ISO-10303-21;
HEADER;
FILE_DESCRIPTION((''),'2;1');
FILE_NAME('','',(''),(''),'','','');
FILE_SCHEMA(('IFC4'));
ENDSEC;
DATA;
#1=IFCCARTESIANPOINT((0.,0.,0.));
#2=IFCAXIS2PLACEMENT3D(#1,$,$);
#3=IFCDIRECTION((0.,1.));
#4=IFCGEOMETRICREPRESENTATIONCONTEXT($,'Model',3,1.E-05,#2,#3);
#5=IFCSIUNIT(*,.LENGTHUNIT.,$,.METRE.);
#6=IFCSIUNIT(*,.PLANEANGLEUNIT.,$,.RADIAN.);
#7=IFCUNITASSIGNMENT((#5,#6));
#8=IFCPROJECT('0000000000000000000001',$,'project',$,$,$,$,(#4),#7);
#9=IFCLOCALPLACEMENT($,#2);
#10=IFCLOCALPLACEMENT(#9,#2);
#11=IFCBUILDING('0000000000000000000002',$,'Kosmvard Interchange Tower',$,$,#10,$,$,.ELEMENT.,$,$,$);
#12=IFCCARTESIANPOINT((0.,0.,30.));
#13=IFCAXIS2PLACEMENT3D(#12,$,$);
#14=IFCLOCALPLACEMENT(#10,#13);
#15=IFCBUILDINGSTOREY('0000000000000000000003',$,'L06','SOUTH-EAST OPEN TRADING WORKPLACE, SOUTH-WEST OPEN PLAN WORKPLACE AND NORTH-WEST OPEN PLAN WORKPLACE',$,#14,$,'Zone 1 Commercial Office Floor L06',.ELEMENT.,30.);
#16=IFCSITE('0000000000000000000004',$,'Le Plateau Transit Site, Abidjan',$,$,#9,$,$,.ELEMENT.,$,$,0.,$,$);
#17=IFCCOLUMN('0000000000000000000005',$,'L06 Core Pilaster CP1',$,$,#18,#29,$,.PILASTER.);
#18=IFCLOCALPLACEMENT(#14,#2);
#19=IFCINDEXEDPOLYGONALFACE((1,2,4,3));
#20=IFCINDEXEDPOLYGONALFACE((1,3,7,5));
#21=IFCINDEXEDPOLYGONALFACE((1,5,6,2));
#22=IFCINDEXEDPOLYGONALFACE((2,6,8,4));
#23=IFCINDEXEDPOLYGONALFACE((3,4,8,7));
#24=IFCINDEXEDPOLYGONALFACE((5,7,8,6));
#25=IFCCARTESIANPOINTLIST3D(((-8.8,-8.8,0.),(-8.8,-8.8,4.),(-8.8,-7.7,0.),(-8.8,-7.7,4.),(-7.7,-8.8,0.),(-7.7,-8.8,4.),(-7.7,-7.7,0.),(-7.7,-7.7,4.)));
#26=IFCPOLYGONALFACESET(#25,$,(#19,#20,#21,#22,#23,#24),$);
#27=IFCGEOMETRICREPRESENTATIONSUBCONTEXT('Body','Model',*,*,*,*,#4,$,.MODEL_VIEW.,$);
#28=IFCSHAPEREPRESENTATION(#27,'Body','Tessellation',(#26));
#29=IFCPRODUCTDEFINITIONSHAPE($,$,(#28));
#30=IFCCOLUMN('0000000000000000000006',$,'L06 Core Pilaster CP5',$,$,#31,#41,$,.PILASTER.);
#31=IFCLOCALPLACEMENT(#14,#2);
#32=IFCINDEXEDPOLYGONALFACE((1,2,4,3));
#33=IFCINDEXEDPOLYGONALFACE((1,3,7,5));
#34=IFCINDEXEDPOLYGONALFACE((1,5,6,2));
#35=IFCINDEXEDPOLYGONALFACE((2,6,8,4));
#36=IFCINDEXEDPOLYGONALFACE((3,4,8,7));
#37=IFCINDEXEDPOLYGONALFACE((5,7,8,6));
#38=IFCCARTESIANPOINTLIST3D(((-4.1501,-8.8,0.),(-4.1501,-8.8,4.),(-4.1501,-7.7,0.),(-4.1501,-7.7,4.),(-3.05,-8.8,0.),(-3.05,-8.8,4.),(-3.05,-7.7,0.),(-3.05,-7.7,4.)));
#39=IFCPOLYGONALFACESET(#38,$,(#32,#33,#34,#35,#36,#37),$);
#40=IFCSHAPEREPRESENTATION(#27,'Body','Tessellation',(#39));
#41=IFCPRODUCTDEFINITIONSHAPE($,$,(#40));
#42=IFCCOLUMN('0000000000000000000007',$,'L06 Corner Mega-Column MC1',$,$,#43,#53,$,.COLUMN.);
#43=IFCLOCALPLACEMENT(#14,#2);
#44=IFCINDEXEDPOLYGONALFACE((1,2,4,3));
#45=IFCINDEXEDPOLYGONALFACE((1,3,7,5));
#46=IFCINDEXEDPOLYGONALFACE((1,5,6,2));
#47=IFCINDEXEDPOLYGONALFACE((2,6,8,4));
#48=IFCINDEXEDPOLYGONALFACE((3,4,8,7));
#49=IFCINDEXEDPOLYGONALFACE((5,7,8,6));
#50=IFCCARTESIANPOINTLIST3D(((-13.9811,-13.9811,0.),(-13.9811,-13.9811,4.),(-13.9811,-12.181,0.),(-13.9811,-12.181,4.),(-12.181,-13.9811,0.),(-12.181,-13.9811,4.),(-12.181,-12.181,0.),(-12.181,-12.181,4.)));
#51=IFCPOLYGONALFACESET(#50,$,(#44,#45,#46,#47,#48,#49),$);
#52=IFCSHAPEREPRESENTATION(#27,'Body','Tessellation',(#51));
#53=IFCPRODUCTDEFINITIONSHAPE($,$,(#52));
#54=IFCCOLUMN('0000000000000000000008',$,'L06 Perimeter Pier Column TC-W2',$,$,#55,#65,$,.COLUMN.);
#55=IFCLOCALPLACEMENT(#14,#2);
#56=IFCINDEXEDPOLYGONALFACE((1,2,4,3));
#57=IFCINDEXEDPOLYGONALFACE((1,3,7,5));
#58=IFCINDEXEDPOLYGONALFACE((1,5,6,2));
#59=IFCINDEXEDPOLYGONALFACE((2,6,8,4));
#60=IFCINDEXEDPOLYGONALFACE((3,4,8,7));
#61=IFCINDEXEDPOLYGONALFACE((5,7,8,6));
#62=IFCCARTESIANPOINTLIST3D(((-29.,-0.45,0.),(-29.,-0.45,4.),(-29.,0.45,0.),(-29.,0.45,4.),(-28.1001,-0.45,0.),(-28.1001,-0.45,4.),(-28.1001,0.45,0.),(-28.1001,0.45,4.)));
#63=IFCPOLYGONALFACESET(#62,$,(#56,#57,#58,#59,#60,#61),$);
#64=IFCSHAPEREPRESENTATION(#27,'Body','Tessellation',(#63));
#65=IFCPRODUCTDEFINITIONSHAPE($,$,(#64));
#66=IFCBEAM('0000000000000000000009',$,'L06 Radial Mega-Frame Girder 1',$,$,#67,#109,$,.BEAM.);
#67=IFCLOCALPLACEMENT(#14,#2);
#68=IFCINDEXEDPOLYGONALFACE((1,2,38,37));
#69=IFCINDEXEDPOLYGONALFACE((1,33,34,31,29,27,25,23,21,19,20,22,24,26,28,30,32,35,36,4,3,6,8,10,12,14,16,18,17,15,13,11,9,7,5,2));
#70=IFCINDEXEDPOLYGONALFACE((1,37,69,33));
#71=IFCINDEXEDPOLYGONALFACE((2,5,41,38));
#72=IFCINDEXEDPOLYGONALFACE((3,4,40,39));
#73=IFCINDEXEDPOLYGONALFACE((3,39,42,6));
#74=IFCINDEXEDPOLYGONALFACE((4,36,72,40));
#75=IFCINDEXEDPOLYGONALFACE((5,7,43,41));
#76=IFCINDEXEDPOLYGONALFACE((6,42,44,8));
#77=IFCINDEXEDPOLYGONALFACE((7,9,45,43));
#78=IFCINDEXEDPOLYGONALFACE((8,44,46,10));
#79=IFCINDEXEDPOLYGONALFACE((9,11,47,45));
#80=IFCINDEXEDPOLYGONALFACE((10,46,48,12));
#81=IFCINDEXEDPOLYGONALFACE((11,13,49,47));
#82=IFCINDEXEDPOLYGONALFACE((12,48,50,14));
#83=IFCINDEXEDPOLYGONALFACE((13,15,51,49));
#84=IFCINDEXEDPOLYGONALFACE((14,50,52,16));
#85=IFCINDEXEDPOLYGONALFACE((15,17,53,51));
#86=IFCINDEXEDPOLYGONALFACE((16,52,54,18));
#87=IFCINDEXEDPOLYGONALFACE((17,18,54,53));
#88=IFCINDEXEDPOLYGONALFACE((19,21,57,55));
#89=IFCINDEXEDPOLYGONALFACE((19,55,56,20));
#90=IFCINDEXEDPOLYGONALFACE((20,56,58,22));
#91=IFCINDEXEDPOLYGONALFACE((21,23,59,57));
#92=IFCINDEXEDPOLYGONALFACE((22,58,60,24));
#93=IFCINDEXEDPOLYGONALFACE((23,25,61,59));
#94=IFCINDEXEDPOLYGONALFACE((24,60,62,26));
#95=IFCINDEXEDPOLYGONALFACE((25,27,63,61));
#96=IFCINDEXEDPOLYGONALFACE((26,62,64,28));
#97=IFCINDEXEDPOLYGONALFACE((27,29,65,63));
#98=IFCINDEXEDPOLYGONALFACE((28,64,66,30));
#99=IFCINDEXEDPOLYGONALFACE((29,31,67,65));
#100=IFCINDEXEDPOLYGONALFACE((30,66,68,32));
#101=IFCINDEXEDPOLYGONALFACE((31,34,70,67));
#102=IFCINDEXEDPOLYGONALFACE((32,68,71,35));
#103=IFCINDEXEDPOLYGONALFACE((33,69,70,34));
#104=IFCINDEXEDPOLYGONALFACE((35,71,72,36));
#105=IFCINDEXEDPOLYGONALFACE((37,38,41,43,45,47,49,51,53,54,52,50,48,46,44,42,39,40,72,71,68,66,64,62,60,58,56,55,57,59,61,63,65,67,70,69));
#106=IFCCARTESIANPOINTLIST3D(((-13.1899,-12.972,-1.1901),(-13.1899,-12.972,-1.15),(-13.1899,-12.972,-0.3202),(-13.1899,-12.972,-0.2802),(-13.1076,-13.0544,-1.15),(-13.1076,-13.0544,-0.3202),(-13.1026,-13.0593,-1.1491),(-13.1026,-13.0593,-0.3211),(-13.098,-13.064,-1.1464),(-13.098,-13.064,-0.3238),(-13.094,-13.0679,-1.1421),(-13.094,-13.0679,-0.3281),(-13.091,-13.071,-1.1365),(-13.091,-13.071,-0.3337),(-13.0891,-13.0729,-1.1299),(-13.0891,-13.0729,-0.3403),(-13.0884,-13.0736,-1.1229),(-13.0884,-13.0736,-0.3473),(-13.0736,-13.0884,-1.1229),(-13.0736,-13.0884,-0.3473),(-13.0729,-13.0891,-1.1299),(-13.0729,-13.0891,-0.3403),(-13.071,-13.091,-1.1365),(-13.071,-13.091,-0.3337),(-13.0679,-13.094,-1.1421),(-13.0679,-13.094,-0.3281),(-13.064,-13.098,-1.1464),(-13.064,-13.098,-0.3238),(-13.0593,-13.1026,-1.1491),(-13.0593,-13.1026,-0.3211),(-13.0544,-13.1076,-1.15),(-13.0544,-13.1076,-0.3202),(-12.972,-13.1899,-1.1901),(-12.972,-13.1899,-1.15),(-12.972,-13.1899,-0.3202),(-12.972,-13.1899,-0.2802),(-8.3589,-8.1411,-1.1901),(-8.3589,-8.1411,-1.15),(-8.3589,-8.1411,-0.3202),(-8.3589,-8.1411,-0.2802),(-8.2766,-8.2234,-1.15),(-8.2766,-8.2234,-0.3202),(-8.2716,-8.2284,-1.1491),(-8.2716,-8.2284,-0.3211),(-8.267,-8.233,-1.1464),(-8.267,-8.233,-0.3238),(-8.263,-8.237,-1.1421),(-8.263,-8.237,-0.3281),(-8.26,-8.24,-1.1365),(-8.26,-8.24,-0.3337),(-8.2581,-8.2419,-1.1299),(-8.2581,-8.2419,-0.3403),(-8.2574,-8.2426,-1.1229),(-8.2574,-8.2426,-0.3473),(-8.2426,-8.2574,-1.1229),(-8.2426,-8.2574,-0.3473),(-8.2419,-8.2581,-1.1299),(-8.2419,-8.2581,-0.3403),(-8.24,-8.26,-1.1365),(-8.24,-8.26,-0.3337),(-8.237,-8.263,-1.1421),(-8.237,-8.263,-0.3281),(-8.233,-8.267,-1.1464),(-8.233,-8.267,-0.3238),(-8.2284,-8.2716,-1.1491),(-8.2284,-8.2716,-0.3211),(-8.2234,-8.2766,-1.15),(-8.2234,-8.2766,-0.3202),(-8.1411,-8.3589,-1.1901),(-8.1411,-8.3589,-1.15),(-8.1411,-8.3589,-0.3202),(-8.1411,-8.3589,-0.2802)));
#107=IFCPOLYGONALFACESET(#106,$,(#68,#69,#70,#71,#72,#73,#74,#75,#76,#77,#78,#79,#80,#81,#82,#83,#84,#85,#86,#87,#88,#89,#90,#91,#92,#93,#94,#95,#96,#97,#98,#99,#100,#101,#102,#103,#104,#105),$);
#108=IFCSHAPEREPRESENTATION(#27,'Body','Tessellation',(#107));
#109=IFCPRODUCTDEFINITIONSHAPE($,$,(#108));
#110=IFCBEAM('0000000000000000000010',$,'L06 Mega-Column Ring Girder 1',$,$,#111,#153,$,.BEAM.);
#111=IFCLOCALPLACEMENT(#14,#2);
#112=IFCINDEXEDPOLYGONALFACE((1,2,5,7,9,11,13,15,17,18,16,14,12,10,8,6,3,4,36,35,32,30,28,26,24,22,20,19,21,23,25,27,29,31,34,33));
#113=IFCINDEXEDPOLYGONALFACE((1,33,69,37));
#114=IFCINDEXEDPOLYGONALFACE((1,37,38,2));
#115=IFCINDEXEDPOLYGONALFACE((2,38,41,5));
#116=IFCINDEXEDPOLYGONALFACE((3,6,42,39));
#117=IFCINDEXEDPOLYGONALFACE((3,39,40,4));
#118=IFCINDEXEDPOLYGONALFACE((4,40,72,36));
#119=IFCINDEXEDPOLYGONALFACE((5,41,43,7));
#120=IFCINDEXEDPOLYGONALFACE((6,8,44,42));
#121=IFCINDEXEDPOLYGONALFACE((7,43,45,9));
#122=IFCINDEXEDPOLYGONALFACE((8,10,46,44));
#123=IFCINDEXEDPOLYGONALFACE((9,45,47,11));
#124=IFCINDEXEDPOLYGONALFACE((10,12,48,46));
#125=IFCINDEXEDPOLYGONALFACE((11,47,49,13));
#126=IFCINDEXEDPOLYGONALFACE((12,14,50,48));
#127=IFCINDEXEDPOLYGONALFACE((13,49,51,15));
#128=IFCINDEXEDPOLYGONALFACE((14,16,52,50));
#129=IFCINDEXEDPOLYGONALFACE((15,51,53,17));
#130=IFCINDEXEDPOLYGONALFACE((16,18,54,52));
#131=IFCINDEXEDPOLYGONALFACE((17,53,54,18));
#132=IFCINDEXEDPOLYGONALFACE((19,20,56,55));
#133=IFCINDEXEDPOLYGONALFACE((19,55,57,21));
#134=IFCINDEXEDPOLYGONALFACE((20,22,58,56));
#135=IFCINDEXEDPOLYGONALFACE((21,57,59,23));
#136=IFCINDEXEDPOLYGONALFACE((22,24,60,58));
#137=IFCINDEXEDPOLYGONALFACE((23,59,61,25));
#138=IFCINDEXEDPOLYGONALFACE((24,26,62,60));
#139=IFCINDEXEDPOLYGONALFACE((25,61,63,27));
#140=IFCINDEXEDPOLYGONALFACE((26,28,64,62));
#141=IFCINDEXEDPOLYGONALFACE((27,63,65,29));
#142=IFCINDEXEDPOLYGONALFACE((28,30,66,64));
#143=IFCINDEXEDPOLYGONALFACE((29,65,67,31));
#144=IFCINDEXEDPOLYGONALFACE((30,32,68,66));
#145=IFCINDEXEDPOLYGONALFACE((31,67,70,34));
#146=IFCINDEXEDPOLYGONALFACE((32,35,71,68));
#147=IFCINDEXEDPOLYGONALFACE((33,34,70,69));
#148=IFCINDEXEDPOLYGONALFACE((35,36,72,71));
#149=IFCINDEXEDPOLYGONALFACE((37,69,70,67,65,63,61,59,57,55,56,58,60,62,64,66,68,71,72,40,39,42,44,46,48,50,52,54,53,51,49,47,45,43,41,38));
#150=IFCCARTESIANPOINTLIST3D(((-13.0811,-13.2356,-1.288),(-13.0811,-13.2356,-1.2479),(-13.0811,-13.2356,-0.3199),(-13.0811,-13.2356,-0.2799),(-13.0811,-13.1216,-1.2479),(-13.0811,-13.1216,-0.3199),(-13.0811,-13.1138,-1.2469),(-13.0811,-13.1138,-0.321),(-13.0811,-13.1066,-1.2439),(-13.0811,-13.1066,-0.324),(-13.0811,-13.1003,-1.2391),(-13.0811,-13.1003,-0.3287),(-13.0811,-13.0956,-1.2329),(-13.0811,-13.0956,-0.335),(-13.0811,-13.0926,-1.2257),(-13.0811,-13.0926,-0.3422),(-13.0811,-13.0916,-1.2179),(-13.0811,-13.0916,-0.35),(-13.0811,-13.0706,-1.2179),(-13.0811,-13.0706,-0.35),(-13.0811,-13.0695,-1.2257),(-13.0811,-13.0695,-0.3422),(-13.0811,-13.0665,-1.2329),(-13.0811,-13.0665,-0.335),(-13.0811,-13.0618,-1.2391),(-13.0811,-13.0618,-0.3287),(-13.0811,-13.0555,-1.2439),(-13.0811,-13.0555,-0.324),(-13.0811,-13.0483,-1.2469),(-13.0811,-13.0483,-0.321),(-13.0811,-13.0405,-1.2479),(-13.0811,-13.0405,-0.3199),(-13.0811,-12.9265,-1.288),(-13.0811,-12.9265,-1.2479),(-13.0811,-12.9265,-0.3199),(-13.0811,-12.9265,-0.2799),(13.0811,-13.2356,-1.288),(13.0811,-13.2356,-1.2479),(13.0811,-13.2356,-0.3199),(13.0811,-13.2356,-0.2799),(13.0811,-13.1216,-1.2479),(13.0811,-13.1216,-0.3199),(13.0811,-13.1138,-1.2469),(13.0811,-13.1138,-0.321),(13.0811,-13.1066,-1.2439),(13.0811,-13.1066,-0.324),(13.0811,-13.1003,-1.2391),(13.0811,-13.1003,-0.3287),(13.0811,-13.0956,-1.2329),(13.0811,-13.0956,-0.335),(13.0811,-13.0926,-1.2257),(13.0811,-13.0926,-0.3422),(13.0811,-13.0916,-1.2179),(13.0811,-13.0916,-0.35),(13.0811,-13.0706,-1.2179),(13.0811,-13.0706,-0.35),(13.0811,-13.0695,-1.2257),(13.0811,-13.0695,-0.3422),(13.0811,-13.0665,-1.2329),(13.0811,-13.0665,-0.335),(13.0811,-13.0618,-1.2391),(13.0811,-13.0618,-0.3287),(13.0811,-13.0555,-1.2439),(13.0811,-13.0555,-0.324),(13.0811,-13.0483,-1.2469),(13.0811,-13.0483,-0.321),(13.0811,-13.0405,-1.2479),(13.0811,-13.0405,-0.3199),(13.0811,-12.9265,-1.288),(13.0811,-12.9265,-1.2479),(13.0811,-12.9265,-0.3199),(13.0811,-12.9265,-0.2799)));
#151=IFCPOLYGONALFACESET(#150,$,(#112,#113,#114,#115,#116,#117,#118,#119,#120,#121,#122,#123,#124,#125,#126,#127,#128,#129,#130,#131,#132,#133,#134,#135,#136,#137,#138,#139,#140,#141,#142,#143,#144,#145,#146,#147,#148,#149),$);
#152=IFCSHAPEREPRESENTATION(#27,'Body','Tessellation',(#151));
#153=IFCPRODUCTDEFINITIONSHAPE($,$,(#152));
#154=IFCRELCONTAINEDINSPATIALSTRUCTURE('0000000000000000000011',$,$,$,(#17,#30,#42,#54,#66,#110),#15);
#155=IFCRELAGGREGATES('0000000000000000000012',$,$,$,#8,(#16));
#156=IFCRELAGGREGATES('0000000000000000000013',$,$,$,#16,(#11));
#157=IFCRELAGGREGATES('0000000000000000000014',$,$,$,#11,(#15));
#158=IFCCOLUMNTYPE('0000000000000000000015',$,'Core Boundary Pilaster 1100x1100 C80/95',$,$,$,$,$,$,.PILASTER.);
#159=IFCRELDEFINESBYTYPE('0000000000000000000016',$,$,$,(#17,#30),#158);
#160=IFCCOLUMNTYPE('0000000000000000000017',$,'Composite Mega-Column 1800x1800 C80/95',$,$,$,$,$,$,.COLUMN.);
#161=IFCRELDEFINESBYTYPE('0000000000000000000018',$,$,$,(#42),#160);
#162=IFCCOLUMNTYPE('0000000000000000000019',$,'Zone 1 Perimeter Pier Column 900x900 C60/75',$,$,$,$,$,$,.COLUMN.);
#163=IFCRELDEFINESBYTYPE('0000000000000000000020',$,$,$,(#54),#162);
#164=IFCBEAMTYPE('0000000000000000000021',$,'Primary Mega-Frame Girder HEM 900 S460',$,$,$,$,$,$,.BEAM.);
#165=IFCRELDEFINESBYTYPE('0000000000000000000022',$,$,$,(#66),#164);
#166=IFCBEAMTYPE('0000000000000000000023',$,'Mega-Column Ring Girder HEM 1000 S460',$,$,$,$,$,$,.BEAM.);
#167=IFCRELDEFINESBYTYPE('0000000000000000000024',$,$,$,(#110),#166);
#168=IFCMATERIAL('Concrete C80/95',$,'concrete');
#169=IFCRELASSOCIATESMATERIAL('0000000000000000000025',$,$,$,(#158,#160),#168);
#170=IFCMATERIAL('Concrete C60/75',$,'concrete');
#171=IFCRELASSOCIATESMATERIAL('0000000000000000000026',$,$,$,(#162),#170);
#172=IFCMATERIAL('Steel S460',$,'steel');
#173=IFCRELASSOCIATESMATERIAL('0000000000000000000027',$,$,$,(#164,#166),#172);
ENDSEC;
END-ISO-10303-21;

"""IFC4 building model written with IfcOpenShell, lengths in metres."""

from ifc_helpers import new_model, si_unit, direction, frame, origin, origin_2d, place, context, subcontext, project, spatial, rectangle, i_section, extrude, source, transform, mapped, material, material_profile, profile_set, type_object, element, save


model = new_model("IFC4")

# Units and contexts
model_context = context("Model", 3, precision=1e-05, world=origin(), true_north=direction((0.0, 1.0)))
body_context = subcontext(model_context, "Body", "Model", "MODEL_VIEW")
ifc_project = project(units=[si_unit("LENGTHUNIT", "METRE"), si_unit("PLANEANGLEUNIT", "RADIAN")], contexts=[model_context])

# Site, building, storey
site_placement = place(None, origin())
site = spatial("IfcSite", under=ifc_project, at=site_placement, Name="Le Plateau Transit Site, Abidjan", CompositionType="ELEMENT", RefElevation=0.0)
building_placement = place(site_placement, origin())
building = spatial("IfcBuilding", under=site, at=building_placement, Name="Kosmvard Interchange Tower", CompositionType="ELEMENT")
storey_placement = place(building_placement, frame((0.0, 0.0, 30.0)))
storey = spatial("IfcBuildingStorey", under=building, at=storey_placement, Name="L06", Description="SOUTH-EAST OPEN TRADING WORKPLACE, SOUTH-WEST OPEN PLAN WORKPLACE AND NORTH-WEST OPEN PLAN WORKPLACE", LongName="Zone 1 Commercial Office Floor L06", CompositionType="ELEMENT", Elevation=30.0)

# Columns
ifc_material_1 = material(Name="Concrete C80/95", Category="concrete")
ifc_material_profile_1 = material_profile(ifc_material_1, rectangle(XDim=1.1001, YDim=1.1001, at=origin_2d()), Name="CP 1100x1100")
ifc_profile_set_1 = profile_set([ifc_material_profile_1], Name="Concrete C80/95")
column_type_1 = type_object("IfcColumnType", Name="Core Boundary Pilaster 1100x1100 C80/95", PredefinedType="PILASTER", material=ifc_profile_set_1)
shared_shape_1 = source(origin(), body_context, "Body", "SweptSolid", [
    extrude(rectangle(XDim=1.1001, YDim=1.1001, at=origin_2d()), origin(), (0.0, 0.0, 1.0), 4.0),
])
for number, where, z_axis, x_axis, name in (
    (1, (-8.25, -8.25, 0.0), (0.0, 0.0, 1.0), (1.0, 0.0, 0.0), "L06 Core Pilaster CP1"),
    (2, (-3.6001, -8.25, 0.0), (0.0, 0.0, 1.0), (1.0, 0.0, 0.0), "L06 Core Pilaster CP5"),
):
    element("IfcColumn", number, at=place(storey_placement, frame(where, z_axis=z_axis, x_axis=x_axis)), inside=storey, type_object=column_type_1, Name=name, PredefinedType="PILASTER", context=body_context, shape_type="MappedRepresentation", body=[
        mapped(shared_shape_1, transform((0.0, 0.0, 0.0), scale=1.0)),
    ])
ifc_material_profile_2 = material_profile(ifc_material_1, rectangle(XDim=1.8, YDim=1.8, at=origin_2d()), Name="MC 1800x1800")
ifc_profile_set_2 = profile_set([ifc_material_profile_2], Name="Concrete C80/95")
column_type_2 = type_object("IfcColumnType", Name="Composite Mega-Column 1800x1800 C80/95", PredefinedType="COLUMN", material=ifc_profile_set_2)
shared_shape_2 = source(origin(), body_context, "Body", "SweptSolid", [
    extrude(rectangle(XDim=1.8, YDim=1.8, at=origin_2d()), origin(), (0.0, 0.0, 1.0), 4.0),
])
column_1_placement = place(storey_placement, frame((-13.0811, -13.0811, 0.0), z_axis=(0.0, 0.0, 1.0), x_axis=(1.0, 0.0, 0.0)))
element("IfcColumn", 3, at=column_1_placement, inside=storey, type_object=column_type_2, Name="L06 Corner Mega-Column MC1", PredefinedType="COLUMN", context=body_context, shape_type="MappedRepresentation", body=[
    mapped(shared_shape_2, transform((0.0, 0.0, 0.0), scale=1.0)),
])
ifc_material_2 = material(Name="Concrete C60/75", Category="concrete")
ifc_material_profile_3 = material_profile(ifc_material_2, rectangle(XDim=0.8999, YDim=0.8999, at=origin_2d()), Name="TC 900x900")
ifc_profile_set_3 = profile_set([ifc_material_profile_3], Name="Concrete C60/75")
column_type_3 = type_object("IfcColumnType", Name="Zone 1 Perimeter Pier Column 900x900 C60/75", PredefinedType="COLUMN", material=ifc_profile_set_3)
shared_shape_3 = source(origin(), body_context, "Body", "SweptSolid", [
    extrude(rectangle(XDim=0.8999, YDim=0.8999, at=origin_2d()), origin(), (0.0, 0.0, 1.0), 4.0),
])
column_2_placement = place(storey_placement, frame((-28.55, 0.0, 0.0), z_axis=(0.0, 0.0, 1.0), x_axis=(1.0, 0.0, 0.0)))
element("IfcColumn", 4, at=column_2_placement, inside=storey, type_object=column_type_3, Name="L06 Perimeter Pier Column TC-W2", PredefinedType="COLUMN", context=body_context, shape_type="MappedRepresentation", body=[
    mapped(shared_shape_3, transform((0.0, 0.0, 0.0), scale=1.0)),
])

# Beams
ifc_material_3 = material(Name="Steel S460", Category="steel")
ifc_material_profile_4 = material_profile(ifc_material_3, i_section(OverallWidth=0.3081, OverallDepth=0.9099, WebThickness=0.021, FlangeThickness=0.04, FilletRadius=0.0271, at=origin_2d()), Name="HEM 900")
ifc_profile_set_4 = profile_set([ifc_material_profile_4], Name="Steel S460")
beam_type_1 = type_object("IfcBeamType", Name="Primary Mega-Frame Girder HEM 900 S460", PredefinedType="BEAM", material=ifc_profile_set_4)
shared_shape_4 = source(origin(), body_context, "Body", "SweptSolid", [
    extrude(i_section(OverallWidth=0.3081, OverallDepth=0.9099, WebThickness=0.021, FlangeThickness=0.04, FilletRadius=0.0271, at=origin_2d()), origin(), (0.0, 0.0, 1.0), 6.832),
])
beam_1_placement = place(storey_placement, frame((-8.25, -8.25, -0.7351), z_axis=(-0.707107, -0.707107, 0.0), x_axis=(0.707107, -0.707107, 0.0)))
element("IfcBeam", 5, at=beam_1_placement, inside=storey, type_object=beam_type_1, Name="L06 Radial Mega-Frame Girder 1", PredefinedType="BEAM", context=body_context, shape_type="MappedRepresentation", body=[
    mapped(shared_shape_4, transform((0.0, 0.0, 0.0), scale=1.0)),
])
ifc_material_profile_5 = material_profile(ifc_material_3, i_section(OverallWidth=0.3091, OverallDepth=1.0081, WebThickness=0.021, FlangeThickness=0.04, FilletRadius=0.03, at=origin_2d()), Name="HEM 1000")
ifc_profile_set_5 = profile_set([ifc_material_profile_5], Name="Steel S460")
beam_type_2 = type_object("IfcBeamType", Name="Mega-Column Ring Girder HEM 1000 S460", PredefinedType="BEAM", material=ifc_profile_set_5)
shared_shape_5 = source(origin(), body_context, "Body", "SweptSolid", [
    extrude(i_section(OverallWidth=0.3091, OverallDepth=1.0081, WebThickness=0.021, FlangeThickness=0.04, FilletRadius=0.03, at=origin_2d()), origin(), (0.0, 0.0, 1.0), 26.1621),
])
beam_2_placement = place(storey_placement, frame((-13.0811, -13.0811, -0.7839), z_axis=(1.0, 0.0, 0.0), x_axis=(0.0, 1.0, 0.0)))
element("IfcBeam", 6, at=beam_2_placement, inside=storey, type_object=beam_type_2, Name="L06 Mega-Column Ring Girder 1", PredefinedType="BEAM", context=body_context, shape_type="MappedRepresentation", body=[
    mapped(shared_shape_5, transform((0.0, 0.0, 0.0), scale=1.0)),
])

save(model, "model.ifc")
